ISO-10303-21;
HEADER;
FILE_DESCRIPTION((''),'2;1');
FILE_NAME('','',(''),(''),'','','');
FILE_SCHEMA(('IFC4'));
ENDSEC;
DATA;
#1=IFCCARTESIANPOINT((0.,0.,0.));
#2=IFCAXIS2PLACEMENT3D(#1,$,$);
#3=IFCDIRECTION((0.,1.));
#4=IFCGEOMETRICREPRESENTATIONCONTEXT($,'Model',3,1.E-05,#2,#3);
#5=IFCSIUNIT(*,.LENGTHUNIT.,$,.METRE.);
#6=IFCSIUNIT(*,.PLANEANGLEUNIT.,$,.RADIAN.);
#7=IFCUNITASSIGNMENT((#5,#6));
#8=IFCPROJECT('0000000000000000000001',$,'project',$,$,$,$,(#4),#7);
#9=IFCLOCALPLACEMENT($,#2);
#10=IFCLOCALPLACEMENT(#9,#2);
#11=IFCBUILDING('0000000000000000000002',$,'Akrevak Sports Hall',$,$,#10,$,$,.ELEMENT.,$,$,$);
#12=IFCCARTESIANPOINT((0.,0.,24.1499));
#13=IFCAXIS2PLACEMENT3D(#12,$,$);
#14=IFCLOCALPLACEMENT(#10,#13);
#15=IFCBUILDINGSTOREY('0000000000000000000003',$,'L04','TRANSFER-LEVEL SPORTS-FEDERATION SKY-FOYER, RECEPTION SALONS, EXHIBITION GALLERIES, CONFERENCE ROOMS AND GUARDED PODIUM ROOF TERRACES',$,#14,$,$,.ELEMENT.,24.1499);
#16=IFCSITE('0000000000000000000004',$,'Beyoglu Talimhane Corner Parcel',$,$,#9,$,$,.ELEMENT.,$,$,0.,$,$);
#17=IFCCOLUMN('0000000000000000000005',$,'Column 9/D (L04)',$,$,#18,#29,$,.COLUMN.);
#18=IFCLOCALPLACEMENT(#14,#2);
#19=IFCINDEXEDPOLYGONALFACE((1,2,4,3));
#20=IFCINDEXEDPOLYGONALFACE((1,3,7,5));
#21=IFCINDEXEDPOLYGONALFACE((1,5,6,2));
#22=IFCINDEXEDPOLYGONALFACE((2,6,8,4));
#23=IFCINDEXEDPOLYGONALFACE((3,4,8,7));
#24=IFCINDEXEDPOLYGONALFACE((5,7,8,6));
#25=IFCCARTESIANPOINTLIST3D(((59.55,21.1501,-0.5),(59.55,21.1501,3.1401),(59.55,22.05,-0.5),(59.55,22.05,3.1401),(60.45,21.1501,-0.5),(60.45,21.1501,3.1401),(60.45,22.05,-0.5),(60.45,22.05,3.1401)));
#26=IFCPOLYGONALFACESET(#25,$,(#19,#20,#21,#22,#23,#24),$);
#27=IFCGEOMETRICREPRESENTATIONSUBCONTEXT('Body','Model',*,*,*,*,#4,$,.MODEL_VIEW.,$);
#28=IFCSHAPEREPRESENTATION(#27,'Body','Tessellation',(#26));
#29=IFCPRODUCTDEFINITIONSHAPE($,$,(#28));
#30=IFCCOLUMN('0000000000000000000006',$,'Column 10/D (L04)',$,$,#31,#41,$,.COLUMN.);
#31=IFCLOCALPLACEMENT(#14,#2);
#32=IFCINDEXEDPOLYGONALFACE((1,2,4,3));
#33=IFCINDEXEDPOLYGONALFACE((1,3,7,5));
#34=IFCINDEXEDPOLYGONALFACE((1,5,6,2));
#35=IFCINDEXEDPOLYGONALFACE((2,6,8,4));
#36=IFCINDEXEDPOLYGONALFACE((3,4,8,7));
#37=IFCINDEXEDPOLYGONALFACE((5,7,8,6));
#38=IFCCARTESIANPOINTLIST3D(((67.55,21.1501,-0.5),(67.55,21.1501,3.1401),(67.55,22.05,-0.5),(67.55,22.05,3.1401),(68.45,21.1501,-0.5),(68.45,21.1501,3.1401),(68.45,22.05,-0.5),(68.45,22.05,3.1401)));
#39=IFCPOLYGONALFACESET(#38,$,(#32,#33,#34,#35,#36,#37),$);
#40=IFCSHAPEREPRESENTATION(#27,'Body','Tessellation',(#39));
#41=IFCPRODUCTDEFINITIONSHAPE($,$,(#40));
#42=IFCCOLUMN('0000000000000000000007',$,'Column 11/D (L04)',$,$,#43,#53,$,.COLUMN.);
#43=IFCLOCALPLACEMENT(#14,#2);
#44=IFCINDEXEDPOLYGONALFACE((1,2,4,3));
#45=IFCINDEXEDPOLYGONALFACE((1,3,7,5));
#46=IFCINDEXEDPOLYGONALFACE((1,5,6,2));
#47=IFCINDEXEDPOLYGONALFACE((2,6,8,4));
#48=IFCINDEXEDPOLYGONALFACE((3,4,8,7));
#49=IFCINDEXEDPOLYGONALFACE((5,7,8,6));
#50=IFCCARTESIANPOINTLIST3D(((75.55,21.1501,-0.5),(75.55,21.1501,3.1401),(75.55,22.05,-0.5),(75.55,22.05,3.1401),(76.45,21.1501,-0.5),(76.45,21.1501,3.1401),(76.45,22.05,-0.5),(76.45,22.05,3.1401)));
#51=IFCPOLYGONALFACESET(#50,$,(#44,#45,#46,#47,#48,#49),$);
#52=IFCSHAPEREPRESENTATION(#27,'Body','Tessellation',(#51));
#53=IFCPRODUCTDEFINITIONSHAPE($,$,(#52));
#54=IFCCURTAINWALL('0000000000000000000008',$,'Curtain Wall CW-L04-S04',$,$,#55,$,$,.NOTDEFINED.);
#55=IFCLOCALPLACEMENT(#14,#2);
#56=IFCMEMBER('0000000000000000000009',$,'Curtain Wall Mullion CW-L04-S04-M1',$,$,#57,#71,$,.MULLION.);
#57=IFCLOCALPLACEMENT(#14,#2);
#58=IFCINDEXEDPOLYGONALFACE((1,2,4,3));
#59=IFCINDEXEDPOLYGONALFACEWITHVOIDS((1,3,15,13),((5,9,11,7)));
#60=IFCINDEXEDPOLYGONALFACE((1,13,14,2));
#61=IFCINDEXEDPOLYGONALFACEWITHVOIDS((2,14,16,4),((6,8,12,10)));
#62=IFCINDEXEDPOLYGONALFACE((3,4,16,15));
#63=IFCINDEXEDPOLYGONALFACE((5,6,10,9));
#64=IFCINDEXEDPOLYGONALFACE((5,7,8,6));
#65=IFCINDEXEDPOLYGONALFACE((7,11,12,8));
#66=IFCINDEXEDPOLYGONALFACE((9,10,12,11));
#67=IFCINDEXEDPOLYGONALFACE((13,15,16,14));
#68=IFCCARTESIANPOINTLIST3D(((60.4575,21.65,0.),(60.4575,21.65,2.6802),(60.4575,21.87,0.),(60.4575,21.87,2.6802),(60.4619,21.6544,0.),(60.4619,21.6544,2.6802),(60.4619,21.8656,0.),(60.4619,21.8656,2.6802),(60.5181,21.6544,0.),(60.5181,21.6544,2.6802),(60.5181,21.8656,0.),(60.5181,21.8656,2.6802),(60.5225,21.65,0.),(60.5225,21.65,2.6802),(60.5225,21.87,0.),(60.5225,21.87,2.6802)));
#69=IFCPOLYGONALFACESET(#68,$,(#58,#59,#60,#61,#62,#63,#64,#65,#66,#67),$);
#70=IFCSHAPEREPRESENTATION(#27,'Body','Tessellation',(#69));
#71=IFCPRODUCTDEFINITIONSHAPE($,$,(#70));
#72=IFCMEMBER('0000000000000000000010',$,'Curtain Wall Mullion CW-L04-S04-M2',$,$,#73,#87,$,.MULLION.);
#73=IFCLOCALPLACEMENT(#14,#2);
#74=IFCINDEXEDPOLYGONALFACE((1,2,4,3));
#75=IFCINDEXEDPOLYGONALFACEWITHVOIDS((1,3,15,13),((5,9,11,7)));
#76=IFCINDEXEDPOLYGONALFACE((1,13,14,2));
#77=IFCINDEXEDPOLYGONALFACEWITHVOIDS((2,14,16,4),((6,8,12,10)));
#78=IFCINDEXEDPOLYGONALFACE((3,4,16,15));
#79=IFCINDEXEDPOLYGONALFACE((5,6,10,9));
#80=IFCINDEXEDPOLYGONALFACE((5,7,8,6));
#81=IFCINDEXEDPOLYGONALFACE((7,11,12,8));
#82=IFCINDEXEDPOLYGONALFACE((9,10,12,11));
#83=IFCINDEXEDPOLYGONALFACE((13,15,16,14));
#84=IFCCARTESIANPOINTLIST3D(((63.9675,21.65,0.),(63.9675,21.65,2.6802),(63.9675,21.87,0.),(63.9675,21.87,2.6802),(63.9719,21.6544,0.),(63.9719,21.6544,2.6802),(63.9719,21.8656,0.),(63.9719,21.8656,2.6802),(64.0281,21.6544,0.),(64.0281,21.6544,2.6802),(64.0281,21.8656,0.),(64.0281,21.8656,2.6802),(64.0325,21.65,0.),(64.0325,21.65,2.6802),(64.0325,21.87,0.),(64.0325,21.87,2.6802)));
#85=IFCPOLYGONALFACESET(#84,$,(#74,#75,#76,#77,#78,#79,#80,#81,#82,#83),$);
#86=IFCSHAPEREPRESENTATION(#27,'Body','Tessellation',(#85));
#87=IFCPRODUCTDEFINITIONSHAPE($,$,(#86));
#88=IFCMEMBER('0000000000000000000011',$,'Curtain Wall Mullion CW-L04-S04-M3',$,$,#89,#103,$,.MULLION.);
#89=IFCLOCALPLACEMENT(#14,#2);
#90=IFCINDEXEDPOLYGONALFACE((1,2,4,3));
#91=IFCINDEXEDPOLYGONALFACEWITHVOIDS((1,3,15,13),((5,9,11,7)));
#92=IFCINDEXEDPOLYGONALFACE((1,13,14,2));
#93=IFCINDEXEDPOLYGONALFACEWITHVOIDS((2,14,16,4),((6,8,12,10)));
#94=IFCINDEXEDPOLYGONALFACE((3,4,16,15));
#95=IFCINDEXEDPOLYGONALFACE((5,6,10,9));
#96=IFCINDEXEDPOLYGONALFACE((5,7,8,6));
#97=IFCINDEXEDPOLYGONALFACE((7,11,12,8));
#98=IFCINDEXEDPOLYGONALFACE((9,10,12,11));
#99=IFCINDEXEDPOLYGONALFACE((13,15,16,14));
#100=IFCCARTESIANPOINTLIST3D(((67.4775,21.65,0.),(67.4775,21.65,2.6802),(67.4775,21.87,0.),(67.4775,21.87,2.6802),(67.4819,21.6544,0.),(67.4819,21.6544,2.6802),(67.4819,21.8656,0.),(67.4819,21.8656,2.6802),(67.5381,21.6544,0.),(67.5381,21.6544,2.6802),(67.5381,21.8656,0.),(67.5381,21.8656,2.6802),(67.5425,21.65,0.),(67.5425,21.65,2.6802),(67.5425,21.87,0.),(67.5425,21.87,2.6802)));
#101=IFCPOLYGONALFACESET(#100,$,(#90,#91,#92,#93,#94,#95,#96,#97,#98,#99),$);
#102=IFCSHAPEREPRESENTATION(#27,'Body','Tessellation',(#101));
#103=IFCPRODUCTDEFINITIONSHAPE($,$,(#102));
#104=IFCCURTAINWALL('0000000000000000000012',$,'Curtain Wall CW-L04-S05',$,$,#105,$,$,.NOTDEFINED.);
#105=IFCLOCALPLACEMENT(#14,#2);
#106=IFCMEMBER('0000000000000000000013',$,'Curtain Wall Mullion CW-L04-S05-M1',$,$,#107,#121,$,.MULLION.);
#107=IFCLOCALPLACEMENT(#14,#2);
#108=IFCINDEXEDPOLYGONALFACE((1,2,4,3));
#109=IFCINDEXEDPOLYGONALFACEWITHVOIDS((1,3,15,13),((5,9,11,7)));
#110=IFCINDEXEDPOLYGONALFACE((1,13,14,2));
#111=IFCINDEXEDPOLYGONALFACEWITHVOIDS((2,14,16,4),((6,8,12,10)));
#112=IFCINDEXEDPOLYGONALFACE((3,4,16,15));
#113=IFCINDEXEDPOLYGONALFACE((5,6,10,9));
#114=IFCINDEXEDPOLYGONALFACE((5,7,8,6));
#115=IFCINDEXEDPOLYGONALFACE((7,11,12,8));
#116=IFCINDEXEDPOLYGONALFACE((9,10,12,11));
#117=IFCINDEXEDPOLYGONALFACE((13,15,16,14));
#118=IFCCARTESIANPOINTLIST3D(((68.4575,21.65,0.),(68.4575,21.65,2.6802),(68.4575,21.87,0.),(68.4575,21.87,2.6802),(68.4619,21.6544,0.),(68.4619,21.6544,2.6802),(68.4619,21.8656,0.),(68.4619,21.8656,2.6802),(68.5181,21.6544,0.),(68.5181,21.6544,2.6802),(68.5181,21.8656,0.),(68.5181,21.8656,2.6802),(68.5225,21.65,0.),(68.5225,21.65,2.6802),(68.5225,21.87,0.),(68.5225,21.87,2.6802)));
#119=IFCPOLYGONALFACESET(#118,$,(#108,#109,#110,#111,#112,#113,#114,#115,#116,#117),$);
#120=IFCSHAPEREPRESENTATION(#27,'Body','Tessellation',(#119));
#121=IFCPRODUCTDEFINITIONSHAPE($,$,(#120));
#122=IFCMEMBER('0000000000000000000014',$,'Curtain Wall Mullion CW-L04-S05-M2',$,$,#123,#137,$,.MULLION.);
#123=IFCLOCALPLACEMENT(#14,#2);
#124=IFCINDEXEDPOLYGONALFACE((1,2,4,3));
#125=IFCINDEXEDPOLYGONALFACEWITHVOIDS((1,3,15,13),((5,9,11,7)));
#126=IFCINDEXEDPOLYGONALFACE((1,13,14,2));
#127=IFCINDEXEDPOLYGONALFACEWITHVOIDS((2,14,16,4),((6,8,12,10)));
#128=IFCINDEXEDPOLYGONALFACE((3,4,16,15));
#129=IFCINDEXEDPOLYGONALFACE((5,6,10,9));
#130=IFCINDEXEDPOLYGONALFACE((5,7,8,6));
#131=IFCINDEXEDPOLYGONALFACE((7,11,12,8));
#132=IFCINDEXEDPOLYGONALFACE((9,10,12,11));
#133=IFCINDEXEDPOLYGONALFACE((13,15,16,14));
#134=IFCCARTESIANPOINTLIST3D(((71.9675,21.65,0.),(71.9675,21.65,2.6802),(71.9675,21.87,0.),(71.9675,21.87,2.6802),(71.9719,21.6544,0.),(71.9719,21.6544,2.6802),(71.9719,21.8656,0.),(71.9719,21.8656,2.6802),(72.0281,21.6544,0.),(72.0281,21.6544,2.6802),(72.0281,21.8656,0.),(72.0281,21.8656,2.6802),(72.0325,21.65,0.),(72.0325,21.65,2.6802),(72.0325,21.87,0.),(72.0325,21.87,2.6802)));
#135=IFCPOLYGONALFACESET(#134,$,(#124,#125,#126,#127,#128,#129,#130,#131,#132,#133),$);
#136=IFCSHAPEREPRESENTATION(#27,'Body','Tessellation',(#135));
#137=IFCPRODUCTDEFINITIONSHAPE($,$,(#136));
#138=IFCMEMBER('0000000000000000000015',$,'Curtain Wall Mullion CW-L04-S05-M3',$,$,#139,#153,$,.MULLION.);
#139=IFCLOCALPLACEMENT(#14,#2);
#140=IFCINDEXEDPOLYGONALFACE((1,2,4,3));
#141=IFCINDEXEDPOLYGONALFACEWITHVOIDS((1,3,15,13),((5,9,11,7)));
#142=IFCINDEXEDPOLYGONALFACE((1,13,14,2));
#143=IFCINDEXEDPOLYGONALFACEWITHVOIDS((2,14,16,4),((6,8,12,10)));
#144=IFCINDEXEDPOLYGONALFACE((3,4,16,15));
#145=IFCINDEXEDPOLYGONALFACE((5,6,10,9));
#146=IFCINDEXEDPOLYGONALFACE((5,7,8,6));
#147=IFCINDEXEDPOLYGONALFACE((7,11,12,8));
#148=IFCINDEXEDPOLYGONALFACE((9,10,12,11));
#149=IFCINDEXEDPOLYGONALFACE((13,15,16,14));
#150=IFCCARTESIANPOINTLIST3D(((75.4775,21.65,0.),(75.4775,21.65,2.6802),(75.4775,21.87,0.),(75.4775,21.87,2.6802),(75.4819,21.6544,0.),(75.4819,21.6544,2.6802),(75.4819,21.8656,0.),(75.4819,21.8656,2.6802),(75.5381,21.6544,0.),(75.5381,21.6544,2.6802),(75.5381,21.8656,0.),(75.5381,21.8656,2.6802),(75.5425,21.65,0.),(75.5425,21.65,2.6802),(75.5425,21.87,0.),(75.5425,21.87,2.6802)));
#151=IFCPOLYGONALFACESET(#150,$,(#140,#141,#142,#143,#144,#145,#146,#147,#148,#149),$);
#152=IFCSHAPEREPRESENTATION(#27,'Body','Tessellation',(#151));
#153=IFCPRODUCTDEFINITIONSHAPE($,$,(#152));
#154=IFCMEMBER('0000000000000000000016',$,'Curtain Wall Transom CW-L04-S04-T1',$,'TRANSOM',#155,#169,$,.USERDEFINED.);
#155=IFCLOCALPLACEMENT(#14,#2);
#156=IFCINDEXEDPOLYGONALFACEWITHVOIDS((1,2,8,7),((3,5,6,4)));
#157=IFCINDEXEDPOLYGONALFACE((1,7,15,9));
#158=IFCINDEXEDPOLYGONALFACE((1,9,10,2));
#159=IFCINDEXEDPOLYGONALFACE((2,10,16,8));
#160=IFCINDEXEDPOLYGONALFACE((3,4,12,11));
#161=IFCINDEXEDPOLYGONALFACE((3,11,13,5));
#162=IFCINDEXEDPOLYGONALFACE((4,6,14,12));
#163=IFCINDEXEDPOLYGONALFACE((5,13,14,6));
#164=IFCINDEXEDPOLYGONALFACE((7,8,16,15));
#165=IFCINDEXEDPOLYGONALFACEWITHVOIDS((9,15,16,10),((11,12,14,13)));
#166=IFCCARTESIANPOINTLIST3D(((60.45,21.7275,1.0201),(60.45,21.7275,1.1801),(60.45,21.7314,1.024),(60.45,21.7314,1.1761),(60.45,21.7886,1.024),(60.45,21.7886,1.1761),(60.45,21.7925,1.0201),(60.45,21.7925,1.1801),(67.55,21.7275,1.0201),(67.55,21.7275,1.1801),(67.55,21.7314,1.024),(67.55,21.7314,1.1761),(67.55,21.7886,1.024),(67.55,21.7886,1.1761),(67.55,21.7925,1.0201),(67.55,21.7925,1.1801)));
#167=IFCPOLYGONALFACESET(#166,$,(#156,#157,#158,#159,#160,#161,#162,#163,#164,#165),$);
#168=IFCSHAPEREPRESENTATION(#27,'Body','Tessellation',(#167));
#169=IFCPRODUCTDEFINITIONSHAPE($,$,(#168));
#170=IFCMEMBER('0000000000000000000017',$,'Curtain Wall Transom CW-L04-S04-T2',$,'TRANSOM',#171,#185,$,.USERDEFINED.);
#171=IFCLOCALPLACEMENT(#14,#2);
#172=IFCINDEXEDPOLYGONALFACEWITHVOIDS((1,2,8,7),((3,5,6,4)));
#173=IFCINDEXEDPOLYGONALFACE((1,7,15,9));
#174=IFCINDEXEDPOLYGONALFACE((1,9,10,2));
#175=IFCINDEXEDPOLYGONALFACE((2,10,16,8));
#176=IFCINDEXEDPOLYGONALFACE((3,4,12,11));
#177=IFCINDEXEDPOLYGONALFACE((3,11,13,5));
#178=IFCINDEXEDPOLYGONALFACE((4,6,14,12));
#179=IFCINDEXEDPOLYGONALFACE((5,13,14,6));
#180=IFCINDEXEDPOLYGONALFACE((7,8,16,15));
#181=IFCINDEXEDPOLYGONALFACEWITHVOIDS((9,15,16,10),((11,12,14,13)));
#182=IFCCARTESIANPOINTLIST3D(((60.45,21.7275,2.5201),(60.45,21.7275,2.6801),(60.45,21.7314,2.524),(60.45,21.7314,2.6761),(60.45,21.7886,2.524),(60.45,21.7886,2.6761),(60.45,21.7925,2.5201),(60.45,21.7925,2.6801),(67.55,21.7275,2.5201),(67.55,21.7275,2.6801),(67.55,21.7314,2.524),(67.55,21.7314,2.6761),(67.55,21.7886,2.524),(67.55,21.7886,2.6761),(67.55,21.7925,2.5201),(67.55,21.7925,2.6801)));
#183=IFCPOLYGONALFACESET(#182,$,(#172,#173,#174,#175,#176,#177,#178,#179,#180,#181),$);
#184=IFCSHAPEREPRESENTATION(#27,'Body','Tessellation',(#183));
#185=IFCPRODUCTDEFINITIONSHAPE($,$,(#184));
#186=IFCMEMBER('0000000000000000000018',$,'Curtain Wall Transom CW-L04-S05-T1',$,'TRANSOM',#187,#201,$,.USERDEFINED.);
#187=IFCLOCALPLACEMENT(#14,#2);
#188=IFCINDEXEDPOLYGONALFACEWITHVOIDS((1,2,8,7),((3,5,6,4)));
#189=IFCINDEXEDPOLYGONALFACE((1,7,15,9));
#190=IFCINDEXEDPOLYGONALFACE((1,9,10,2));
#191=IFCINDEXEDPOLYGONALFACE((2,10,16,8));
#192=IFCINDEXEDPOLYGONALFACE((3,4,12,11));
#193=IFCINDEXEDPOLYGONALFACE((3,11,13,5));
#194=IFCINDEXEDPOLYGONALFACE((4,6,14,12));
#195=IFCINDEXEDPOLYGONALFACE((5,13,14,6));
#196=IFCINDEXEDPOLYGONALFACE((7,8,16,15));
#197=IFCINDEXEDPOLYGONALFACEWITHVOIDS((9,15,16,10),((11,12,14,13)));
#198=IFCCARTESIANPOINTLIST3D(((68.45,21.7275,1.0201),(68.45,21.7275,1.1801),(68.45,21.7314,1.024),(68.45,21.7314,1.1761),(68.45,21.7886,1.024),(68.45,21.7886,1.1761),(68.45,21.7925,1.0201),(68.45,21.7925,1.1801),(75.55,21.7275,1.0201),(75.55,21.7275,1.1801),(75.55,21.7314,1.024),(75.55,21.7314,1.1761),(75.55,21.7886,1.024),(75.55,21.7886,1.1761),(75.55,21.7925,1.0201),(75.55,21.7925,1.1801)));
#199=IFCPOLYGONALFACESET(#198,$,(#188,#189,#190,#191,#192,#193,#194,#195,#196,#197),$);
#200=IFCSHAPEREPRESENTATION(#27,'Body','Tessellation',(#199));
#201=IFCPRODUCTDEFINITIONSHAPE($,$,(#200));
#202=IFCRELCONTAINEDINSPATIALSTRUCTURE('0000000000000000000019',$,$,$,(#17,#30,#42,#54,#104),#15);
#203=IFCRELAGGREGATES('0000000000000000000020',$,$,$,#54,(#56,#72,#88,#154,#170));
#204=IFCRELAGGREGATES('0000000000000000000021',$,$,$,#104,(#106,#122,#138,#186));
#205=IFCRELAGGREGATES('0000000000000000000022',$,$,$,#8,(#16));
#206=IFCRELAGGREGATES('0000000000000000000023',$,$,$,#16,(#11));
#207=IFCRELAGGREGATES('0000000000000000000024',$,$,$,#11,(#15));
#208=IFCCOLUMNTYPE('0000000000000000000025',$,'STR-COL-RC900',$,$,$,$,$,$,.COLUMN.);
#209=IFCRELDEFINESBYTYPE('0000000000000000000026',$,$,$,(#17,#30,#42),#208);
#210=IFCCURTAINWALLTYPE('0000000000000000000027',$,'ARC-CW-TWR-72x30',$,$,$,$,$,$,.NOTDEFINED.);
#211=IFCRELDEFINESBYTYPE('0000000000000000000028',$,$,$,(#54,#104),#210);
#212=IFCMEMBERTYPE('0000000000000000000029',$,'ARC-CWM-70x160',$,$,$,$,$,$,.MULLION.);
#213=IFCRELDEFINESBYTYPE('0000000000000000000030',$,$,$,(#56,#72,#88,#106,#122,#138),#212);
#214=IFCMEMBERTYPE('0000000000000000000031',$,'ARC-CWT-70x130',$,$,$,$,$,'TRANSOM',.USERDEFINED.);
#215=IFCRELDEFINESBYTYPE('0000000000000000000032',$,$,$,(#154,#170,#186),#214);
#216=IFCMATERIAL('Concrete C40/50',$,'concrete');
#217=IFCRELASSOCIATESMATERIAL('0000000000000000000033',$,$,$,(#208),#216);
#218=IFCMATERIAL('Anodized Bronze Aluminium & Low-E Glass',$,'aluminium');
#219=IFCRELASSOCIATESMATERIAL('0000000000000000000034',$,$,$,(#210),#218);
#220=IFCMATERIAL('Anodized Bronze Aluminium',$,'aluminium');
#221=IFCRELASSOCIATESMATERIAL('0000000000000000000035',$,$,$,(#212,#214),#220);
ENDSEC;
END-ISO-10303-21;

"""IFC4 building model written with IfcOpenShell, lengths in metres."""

from ifc_helpers import new_model, si_unit, direction, frame, origin, origin_2d, place, context, subcontext, project, spatial, rectangle, hollow_rectangle, extrude, material, material_profile, profile_set, type_object, element, aggregate, save


model = new_model("IFC4")

# Units and contexts
model_context = context("Model", 3, precision=1e-05, world=origin(), true_north=direction((0.0, 1.0)))
body_context = subcontext(model_context, "Body", "Model", "MODEL_VIEW")
ifc_project = project(units=[si_unit("LENGTHUNIT", "METRE"), si_unit("PLANEANGLEUNIT", "RADIAN")], contexts=[model_context])

# Site, building, storey
site_placement = place(None, origin())
site = spatial("IfcSite", under=ifc_project, at=site_placement, Name="Beyoglu Talimhane Corner Parcel", CompositionType="ELEMENT", RefElevation=0.0)
building_placement = place(site_placement, origin())
building = spatial("IfcBuilding", under=site, at=building_placement, Name="Akrevak Sports Hall", CompositionType="ELEMENT")
storey_placement = place(building_placement, frame((0.0, 0.0, 24.1499)))
storey = spatial("IfcBuildingStorey", under=building, at=storey_placement, Name="L04", Description="TRANSFER-LEVEL SPORTS-FEDERATION SKY-FOYER, RECEPTION SALONS, EXHIBITION GALLERIES, CONFERENCE ROOMS AND GUARDED PODIUM ROOF TERRACES", CompositionType="ELEMENT", Elevation=24.1499)

# Columns
ifc_material_1 = material(Name="Concrete C40/50", Category="concrete")
ifc_material_profile_1 = material_profile(ifc_material_1, rectangle(XDim=0.8999, YDim=0.8999, at=origin_2d()), Name="RC 900x900", Category="concrete")
ifc_profile_set_1 = profile_set([ifc_material_profile_1], Name="Concrete C40/50")
column_type = type_object("IfcColumnType", Name="STR-COL-RC900", PredefinedType="COLUMN", material=ifc_profile_set_1)
for number, where, z_axis, x_axis, name in (
    (1, (60.0, 21.6001, -0.5), (0.0, 0.0, 1.0), (1.0, 0.0, 0.0), "Column 9/D (L04)"),
    (2, (68.0, 21.6001, -0.5), (0.0, 0.0, 1.0), (1.0, 0.0, 0.0), "Column 10/D (L04)"),
    (3, (76.0, 21.6001, -0.5), (0.0, 0.0, 1.0), (1.0, 0.0, 0.0), "Column 11/D (L04)"),
):
    element("IfcColumn", number, at=place(storey_placement, frame(where, z_axis=z_axis, x_axis=x_axis)), inside=storey, type_object=column_type, Name=name, PredefinedType="COLUMN", context=body_context, shape_type="SweptSolid", body=[
        extrude(rectangle(XDim=0.8999, YDim=0.8999, at=origin_2d()), origin(), (0.0, 0.0, 1.0), 3.6401),
    ])

# Curtain walls, members
ifc_material_2 = material(Name="Anodized Bronze Aluminium & Low-E Glass", Category="aluminium")
curtain_wall_type = type_object("IfcCurtainWallType", Name="ARC-CW-TWR-72x30", PredefinedType="NOTDEFINED", material=ifc_material_2)
curtain_wall_1_placement = place(storey_placement, origin())
curtain_wall_1 = element("IfcCurtainWall", 4, at=curtain_wall_1_placement, inside=storey, type_object=curtain_wall_type, Name="Curtain Wall CW-L04-S04", PredefinedType="NOTDEFINED")
ifc_material_3 = material(Name="Anodized Bronze Aluminium", Category="aluminium")
ifc_material_profile_2 = material_profile(ifc_material_3, hollow_rectangle(XDim=0.0649, YDim=0.22, WallThickness=0.0044, at=origin_2d()), Name="CWM 65x220", Category="aluminium")
ifc_profile_set_2 = profile_set([ifc_material_profile_2], Name="Anodized Bronze Aluminium")
member_type_1 = type_object("IfcMemberType", Name="ARC-CWM-70x160", PredefinedType="MULLION", material=ifc_profile_set_2)
member_1_placement = place(storey_placement, frame((60.49, 21.76, 0.0), z_axis=(0.0, 0.0, 1.0), x_axis=(1.0, 0.0, 0.0)))
member_1 = element("IfcMember", 5, at=member_1_placement, type_object=member_type_1, Name="Curtain Wall Mullion CW-L04-S04-M1", PredefinedType="MULLION", context=body_context, shape_type="SweptSolid", body=[
    extrude(hollow_rectangle(XDim=0.0649, YDim=0.22, WallThickness=0.0044, at=origin_2d()), origin(), (0.0, 0.0, 1.0), 2.6802),
])
member_2_placement = place(storey_placement, frame((64.0, 21.76, 0.0), z_axis=(0.0, 0.0, 1.0), x_axis=(1.0, 0.0, 0.0)))
member_2 = element("IfcMember", 6, at=member_2_placement, type_object=member_type_1, Name="Curtain Wall Mullion CW-L04-S04-M2", PredefinedType="MULLION", context=body_context, shape_type="SweptSolid", body=[
    extrude(hollow_rectangle(XDim=0.0649, YDim=0.22, WallThickness=0.0044, at=origin_2d()), origin(), (0.0, 0.0, 1.0), 2.6802),
])
member_3_placement = place(storey_placement, frame((67.51, 21.76, 0.0), z_axis=(0.0, 0.0, 1.0), x_axis=(1.0, 0.0, 0.0)))
member_3 = element("IfcMember", 7, at=member_3_placement, type_object=member_type_1, Name="Curtain Wall Mullion CW-L04-S04-M3", PredefinedType="MULLION", context=body_context, shape_type="SweptSolid", body=[
    extrude(hollow_rectangle(XDim=0.0649, YDim=0.22, WallThickness=0.0044, at=origin_2d()), origin(), (0.0, 0.0, 1.0), 2.6802),
])
curtain_wall_2_placement = place(storey_placement, origin())
curtain_wall_2 = element("IfcCurtainWall", 8, at=curtain_wall_2_placement, inside=storey, type_object=curtain_wall_type, Name="Curtain Wall CW-L04-S05", PredefinedType="NOTDEFINED")
member_4_placement = place(storey_placement, frame((68.49, 21.76, 0.0), z_axis=(0.0, 0.0, 1.0), x_axis=(1.0, 0.0, 0.0)))
member_4 = element("IfcMember", 9, at=member_4_placement, type_object=member_type_1, Name="Curtain Wall Mullion CW-L04-S05-M1", PredefinedType="MULLION", context=body_context, shape_type="SweptSolid", body=[
    extrude(hollow_rectangle(XDim=0.0649, YDim=0.22, WallThickness=0.0044, at=origin_2d()), origin(), (0.0, 0.0, 1.0), 2.6802),
])
member_5_placement = place(storey_placement, frame((72.0, 21.76, 0.0), z_axis=(0.0, 0.0, 1.0), x_axis=(1.0, 0.0, 0.0)))
member_5 = element("IfcMember", 10, at=member_5_placement, type_object=member_type_1, Name="Curtain Wall Mullion CW-L04-S05-M2", PredefinedType="MULLION", context=body_context, shape_type="SweptSolid", body=[
    extrude(hollow_rectangle(XDim=0.0649, YDim=0.22, WallThickness=0.0044, at=origin_2d()), origin(), (0.0, 0.0, 1.0), 2.6802),
])
member_6_placement = place(storey_placement, frame((75.51, 21.76, 0.0), z_axis=(0.0, 0.0, 1.0), x_axis=(1.0, 0.0, 0.0)))
member_6 = element("IfcMember", 11, at=member_6_placement, type_object=member_type_1, Name="Curtain Wall Mullion CW-L04-S05-M3", PredefinedType="MULLION", context=body_context, shape_type="SweptSolid", body=[
    extrude(hollow_rectangle(XDim=0.0649, YDim=0.22, WallThickness=0.0044, at=origin_2d()), origin(), (0.0, 0.0, 1.0), 2.6802),
])

# Members
ifc_material_profile_3 = material_profile(ifc_material_3, hollow_rectangle(XDim=0.0649, YDim=0.1599, WallThickness=0.0039, at=origin_2d()), Name="CWT 65x160", Category="aluminium")
ifc_profile_set_3 = profile_set([ifc_material_profile_3], Name="Anodized Bronze Aluminium")
member_type_2 = type_object("IfcMemberType", Name="ARC-CWT-70x130", ElementType="TRANSOM", PredefinedType="USERDEFINED", material=ifc_profile_set_3)
member_7_placement = place(storey_placement, frame((60.45, 21.76, 1.1001), z_axis=(1.0, 0.0, 0.0), x_axis=(0.0, 1.0, 0.0)))
member_7 = element("IfcMember", 12, at=member_7_placement, type_object=member_type_2, Name="Curtain Wall Transom CW-L04-S04-T1", ObjectType="TRANSOM", PredefinedType="USERDEFINED", context=body_context, shape_type="SweptSolid", body=[
    extrude(hollow_rectangle(XDim=0.0649, YDim=0.1599, WallThickness=0.0039, at=origin_2d()), origin(), (0.0, 0.0, 1.0), 7.1001),
])
member_8_placement = place(storey_placement, frame((60.45, 21.76, 2.6001), z_axis=(1.0, 0.0, 0.0), x_axis=(0.0, 1.0, 0.0)))
member_8 = element("IfcMember", 13, at=member_8_placement, type_object=member_type_2, Name="Curtain Wall Transom CW-L04-S04-T2", ObjectType="TRANSOM", PredefinedType="USERDEFINED", context=body_context, shape_type="SweptSolid", body=[
    extrude(hollow_rectangle(XDim=0.0649, YDim=0.1599, WallThickness=0.0039, at=origin_2d()), origin(), (0.0, 0.0, 1.0), 7.1001),
])
member_9_placement = place(storey_placement, frame((68.45, 21.76, 1.1001), z_axis=(1.0, 0.0, 0.0), x_axis=(0.0, 1.0, 0.0)))
member_9 = element("IfcMember", 14, at=member_9_placement, type_object=member_type_2, Name="Curtain Wall Transom CW-L04-S05-T1", ObjectType="TRANSOM", PredefinedType="USERDEFINED", context=body_context, shape_type="SweptSolid", body=[
    extrude(hollow_rectangle(XDim=0.0649, YDim=0.1599, WallThickness=0.0039, at=origin_2d()), origin(), (0.0, 0.0, 1.0), 7.1001),
])

aggregate(curtain_wall_1, [member_1, member_2, member_3, member_7, member_8])
aggregate(curtain_wall_2, [member_4, member_5, member_6, member_9])

save(model, "model.ifc")
